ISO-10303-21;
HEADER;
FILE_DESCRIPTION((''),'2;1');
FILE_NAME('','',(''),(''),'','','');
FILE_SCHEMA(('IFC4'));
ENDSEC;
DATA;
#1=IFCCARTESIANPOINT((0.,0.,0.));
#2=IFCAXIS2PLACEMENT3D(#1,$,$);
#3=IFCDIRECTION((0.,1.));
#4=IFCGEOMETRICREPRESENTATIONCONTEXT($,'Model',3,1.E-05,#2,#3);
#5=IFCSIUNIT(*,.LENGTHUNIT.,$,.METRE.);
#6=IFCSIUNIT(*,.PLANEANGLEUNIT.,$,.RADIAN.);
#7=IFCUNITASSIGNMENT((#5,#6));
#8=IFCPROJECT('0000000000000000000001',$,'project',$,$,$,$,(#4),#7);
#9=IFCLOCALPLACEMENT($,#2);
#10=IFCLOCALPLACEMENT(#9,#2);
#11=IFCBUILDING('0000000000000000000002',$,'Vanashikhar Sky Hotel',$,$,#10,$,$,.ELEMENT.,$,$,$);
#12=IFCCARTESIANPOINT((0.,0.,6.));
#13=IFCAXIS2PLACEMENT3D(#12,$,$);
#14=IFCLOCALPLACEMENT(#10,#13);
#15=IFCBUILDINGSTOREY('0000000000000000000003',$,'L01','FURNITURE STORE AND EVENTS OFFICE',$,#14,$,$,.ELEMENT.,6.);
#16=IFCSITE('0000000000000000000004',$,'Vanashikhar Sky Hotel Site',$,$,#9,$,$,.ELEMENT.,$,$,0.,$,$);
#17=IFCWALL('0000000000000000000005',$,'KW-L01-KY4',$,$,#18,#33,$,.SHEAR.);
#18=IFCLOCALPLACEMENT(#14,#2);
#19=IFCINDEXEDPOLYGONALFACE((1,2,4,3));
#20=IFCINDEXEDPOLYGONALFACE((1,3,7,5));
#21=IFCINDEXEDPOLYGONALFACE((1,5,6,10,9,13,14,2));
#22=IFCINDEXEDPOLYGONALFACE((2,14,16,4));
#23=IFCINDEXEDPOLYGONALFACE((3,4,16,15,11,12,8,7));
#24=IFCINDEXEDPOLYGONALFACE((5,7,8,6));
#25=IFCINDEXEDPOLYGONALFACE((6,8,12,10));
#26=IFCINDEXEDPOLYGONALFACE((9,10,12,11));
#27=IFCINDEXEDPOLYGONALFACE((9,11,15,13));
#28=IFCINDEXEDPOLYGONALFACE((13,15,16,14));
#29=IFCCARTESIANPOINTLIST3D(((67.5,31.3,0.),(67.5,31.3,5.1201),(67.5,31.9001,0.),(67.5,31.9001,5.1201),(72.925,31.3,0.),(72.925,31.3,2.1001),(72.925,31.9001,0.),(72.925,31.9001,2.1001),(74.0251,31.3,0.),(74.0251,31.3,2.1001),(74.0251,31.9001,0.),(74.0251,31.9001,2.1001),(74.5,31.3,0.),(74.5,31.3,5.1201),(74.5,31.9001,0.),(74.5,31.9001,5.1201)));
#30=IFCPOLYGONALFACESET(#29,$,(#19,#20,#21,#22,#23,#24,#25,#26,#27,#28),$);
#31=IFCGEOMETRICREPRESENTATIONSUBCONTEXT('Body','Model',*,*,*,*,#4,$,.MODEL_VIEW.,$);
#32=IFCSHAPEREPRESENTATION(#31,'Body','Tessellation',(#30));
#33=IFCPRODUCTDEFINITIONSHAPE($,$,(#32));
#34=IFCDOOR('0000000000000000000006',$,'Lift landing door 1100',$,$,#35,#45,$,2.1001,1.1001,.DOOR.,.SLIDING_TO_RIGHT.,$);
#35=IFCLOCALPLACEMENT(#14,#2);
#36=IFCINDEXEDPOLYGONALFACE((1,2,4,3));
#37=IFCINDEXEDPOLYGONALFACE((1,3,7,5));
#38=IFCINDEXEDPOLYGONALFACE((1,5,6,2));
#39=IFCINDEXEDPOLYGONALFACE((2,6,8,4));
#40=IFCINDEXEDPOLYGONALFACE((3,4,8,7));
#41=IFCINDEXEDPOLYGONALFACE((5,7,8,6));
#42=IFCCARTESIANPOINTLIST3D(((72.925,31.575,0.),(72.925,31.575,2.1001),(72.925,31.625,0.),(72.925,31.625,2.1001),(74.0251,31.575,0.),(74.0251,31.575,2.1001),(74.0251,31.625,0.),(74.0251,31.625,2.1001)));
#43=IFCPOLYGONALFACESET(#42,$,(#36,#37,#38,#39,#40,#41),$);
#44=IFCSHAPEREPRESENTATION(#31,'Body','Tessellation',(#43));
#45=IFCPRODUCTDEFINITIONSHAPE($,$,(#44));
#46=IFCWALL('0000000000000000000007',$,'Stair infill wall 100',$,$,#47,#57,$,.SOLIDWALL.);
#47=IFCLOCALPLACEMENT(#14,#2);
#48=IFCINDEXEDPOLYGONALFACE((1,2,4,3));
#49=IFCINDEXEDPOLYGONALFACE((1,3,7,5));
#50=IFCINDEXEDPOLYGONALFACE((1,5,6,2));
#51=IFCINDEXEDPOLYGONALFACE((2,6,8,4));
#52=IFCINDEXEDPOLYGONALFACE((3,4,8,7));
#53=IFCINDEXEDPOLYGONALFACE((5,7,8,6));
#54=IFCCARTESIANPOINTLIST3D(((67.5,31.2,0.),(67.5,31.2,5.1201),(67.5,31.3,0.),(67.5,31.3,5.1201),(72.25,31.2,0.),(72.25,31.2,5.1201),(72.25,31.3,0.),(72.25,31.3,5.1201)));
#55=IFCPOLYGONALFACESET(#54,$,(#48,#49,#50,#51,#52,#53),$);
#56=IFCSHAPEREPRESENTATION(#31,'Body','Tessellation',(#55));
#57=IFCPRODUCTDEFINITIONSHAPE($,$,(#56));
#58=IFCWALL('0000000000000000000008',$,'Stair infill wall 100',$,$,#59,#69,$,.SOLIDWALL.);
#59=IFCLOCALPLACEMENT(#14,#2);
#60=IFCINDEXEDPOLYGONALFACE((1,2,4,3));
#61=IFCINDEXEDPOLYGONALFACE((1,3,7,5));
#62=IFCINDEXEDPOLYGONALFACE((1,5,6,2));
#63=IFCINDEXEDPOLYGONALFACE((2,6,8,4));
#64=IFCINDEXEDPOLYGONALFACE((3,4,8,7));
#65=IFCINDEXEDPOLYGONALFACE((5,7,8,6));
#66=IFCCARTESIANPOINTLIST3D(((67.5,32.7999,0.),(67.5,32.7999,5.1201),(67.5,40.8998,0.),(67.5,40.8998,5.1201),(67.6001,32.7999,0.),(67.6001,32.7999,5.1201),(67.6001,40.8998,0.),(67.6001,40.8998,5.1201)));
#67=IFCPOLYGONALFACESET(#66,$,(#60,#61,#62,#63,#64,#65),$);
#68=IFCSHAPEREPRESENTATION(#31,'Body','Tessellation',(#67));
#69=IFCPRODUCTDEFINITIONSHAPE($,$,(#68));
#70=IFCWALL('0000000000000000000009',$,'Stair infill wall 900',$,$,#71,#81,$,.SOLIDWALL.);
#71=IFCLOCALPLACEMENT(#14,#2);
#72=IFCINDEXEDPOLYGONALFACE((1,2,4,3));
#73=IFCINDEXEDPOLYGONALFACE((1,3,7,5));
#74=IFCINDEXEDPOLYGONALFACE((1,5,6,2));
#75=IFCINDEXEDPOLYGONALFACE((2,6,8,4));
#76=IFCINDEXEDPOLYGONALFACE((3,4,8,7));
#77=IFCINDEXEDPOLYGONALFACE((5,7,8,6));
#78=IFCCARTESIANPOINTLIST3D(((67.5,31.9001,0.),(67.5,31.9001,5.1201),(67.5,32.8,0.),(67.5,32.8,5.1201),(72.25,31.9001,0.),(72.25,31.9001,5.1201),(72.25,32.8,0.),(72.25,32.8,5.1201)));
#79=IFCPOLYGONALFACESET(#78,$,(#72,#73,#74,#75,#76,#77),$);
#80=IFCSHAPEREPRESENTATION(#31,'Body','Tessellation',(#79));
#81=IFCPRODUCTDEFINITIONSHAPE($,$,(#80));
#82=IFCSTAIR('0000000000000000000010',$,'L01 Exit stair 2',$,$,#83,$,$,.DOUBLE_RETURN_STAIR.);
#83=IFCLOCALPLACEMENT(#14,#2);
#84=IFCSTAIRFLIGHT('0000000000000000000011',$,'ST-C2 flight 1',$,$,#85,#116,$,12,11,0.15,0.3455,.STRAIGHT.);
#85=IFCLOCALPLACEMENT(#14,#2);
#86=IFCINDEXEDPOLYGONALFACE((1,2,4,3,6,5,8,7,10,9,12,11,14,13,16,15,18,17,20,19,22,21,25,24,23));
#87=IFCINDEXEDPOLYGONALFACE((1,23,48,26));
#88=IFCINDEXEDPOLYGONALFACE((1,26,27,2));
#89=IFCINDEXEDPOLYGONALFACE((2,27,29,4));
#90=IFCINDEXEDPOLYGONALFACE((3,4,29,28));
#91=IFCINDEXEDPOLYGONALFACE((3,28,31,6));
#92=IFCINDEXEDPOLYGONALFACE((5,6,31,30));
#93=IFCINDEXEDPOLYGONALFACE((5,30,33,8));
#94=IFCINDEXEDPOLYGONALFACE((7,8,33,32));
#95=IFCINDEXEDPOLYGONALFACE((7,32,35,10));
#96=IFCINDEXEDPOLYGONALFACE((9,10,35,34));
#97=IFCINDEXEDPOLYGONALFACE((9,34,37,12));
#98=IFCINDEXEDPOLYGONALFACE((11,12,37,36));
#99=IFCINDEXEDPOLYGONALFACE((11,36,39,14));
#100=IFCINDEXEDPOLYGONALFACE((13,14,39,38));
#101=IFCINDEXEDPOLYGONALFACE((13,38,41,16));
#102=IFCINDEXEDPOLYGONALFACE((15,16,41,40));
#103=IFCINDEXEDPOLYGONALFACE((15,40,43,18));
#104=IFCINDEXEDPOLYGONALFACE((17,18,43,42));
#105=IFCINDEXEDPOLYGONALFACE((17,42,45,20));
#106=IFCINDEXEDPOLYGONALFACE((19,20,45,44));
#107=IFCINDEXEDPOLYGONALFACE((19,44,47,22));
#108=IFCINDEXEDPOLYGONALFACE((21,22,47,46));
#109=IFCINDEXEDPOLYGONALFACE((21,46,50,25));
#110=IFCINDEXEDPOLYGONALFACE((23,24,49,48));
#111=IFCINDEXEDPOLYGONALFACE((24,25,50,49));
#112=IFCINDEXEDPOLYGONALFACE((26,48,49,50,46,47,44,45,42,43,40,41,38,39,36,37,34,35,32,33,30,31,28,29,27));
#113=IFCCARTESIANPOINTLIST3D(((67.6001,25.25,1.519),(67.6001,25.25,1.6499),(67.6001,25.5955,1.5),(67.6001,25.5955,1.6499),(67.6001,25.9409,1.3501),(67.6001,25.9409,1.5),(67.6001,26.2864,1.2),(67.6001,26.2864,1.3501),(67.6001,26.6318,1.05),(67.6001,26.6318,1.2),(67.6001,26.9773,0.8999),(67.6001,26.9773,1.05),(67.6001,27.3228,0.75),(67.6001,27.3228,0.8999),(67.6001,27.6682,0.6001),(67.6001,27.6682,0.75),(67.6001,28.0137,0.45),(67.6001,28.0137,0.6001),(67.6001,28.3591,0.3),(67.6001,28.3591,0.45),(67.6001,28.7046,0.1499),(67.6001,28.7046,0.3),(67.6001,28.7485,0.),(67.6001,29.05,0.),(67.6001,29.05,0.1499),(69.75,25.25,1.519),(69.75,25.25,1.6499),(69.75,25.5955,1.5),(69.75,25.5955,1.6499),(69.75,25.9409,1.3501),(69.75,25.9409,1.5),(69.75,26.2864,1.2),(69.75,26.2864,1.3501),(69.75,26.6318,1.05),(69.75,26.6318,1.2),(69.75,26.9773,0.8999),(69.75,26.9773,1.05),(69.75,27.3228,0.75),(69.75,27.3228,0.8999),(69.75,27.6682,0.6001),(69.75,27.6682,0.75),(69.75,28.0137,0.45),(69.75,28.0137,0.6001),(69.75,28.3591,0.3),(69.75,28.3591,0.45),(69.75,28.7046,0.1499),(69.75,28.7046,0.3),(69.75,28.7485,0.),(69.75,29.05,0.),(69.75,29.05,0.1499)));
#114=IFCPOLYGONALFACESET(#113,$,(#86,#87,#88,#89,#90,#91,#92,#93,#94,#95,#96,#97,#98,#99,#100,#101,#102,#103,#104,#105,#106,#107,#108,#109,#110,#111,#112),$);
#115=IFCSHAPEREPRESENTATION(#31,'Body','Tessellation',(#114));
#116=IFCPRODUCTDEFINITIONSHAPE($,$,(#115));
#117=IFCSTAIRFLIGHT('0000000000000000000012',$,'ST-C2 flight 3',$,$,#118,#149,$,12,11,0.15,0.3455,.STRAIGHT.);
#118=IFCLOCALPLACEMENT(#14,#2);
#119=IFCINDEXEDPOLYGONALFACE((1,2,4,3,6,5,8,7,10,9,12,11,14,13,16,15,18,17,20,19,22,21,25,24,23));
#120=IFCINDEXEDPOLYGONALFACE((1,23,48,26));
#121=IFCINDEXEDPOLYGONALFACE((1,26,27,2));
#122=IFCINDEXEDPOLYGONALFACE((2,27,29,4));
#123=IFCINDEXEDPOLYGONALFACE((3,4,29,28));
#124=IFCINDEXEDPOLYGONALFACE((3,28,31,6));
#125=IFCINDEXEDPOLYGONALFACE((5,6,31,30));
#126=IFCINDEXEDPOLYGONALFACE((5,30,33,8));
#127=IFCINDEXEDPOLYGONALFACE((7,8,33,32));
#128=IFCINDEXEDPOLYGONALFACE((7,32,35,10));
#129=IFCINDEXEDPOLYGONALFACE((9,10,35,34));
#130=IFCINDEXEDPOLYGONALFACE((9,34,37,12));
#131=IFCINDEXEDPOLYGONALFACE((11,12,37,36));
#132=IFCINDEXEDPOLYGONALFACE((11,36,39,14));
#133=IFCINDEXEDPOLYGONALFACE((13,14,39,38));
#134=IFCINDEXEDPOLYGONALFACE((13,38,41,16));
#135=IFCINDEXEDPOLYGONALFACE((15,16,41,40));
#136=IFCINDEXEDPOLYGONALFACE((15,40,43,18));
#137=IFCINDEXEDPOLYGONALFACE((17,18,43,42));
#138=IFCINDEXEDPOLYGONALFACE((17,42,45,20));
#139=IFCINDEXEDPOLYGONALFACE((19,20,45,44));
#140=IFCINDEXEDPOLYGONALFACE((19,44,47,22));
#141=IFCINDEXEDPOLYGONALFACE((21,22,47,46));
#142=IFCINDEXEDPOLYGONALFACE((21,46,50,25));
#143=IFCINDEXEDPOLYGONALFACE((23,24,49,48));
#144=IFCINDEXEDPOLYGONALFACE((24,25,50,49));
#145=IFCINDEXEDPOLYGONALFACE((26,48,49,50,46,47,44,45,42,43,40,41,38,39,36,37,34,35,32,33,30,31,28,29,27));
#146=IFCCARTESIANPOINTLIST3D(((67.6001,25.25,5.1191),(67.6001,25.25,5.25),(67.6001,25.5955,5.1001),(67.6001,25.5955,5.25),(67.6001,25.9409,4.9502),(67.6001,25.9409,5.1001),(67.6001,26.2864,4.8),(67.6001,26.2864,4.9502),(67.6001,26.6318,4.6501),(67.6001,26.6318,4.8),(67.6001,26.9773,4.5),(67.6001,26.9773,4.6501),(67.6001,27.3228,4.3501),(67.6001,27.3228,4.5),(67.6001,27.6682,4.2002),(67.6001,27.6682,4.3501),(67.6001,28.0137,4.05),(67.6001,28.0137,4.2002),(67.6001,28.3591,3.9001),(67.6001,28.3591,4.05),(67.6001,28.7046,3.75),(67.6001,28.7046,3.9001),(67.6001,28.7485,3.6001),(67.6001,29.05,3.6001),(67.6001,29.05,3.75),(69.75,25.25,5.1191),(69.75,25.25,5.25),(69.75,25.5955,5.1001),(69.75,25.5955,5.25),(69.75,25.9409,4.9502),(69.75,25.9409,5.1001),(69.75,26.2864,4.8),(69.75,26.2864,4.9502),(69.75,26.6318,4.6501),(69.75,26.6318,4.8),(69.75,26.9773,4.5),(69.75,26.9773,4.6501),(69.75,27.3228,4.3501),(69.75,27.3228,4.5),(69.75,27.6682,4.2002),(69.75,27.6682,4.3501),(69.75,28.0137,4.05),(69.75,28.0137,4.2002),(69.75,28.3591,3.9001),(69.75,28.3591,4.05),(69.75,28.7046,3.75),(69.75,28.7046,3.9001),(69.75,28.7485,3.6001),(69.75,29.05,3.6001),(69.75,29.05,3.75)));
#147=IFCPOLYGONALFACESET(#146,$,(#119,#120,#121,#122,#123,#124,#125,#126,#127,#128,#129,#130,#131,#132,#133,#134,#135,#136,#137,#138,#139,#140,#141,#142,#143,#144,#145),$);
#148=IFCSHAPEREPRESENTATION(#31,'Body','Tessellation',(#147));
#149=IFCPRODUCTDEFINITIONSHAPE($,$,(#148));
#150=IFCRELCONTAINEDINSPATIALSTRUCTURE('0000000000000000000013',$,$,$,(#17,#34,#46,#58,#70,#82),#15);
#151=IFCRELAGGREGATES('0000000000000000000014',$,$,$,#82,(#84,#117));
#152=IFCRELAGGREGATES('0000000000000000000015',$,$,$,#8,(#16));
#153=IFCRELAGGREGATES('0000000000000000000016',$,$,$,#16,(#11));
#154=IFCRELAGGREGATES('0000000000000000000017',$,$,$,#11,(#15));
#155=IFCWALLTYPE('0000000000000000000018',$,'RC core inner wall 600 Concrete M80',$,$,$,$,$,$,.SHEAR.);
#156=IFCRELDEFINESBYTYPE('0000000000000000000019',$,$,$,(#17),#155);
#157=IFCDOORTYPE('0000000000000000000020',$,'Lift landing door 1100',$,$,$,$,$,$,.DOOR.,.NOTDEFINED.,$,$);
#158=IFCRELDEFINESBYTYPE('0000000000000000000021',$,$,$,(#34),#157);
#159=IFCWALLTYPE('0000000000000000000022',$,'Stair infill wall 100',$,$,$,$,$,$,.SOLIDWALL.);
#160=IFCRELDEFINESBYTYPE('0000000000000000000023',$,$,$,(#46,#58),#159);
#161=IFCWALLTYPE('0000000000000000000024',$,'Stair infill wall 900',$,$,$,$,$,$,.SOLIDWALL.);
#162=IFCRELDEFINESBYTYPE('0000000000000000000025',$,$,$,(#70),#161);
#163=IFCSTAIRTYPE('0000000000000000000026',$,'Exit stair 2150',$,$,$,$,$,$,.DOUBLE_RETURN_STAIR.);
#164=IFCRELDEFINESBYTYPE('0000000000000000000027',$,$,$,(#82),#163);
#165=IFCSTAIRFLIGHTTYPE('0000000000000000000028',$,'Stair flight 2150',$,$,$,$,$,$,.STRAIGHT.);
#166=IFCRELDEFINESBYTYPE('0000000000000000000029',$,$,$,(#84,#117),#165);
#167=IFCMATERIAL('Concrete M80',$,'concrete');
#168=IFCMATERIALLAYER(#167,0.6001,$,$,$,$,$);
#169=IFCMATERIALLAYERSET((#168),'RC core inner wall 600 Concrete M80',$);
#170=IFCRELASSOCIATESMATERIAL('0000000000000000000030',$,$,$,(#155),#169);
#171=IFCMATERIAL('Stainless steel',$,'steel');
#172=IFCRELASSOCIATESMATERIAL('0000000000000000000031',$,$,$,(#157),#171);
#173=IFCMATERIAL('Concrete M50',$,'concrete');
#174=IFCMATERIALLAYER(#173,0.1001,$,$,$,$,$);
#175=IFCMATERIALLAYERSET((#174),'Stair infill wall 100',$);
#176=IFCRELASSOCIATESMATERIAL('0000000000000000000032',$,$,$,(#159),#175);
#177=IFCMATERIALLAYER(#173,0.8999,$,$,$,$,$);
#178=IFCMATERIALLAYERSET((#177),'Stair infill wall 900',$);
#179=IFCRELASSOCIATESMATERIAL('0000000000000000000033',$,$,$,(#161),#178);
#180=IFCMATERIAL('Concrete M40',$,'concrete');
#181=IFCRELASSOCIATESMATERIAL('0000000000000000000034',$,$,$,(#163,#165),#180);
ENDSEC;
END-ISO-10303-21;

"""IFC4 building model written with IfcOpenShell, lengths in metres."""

from ifc_helpers import new_model, si_unit, direction, frame, frame_2d, origin, place, context, subcontext, project, spatial, polyline, rectangle, outline, extrude, source, transform, mapped, material, layer, layer_set, type_object, element, fill, aggregate, save


model = new_model("IFC4")

# Units and contexts
model_context = context("Model", 3, precision=1e-05, world=origin(), true_north=direction((0.0, 1.0)))
body_context = subcontext(model_context, "Body", "Model", "MODEL_VIEW")
ifc_project = project(units=[si_unit("LENGTHUNIT", "METRE"), si_unit("PLANEANGLEUNIT", "RADIAN")], contexts=[model_context])

# Site, building, storey
site_placement = place(None, origin())
site = spatial("IfcSite", under=ifc_project, at=site_placement, Name="Vanashikhar Sky Hotel Site", CompositionType="ELEMENT", RefElevation=0.0)
building_placement = place(site_placement, origin())
building = spatial("IfcBuilding", under=site, at=building_placement, Name="Vanashikhar Sky Hotel", CompositionType="ELEMENT")
storey_placement = place(building_placement, frame((0.0, 0.0, 6.0)))
storey = spatial("IfcBuildingStorey", under=building, at=storey_placement, Name="L01", Description="FURNITURE STORE AND EVENTS OFFICE", CompositionType="ELEMENT", Elevation=6.0)

# Wall, opening, door
ifc_material_1 = material(Name="Concrete M80", Category="concrete")
ifc_layer_1 = layer(ifc_material_1, 0.6001)
ifc_layer_set_1 = layer_set([ifc_layer_1], Name="RC core inner wall 600 Concrete M80")
wall_type_1 = type_object("IfcWallType", Name="RC core inner wall 600 Concrete M80", PredefinedType="SHEAR", material=ifc_layer_set_1)
shared_shape_1 = source(origin(), body_context, "Body", "SweptSolid", [
    extrude(rectangle(XDim=7.0, YDim=0.6001, at=frame_2d((3.5, 0.0))), origin(), (0.0, 0.0, 1.0), 5.1201),
])
wall_1_placement = place(storey_placement, frame((67.5, 31.6001, 0.0), z_axis=(0.0, 0.0, 1.0), x_axis=(1.0, 0.0, 0.0)))
wall_1 = element("IfcWall", 1, at=wall_1_placement, inside=storey, type_object=wall_type_1, Name="KW-L01-KY4", PredefinedType="SHEAR", context=body_context, shape_type="MappedRepresentation", body=[
    mapped(shared_shape_1, transform((0.0, 0.0, 0.0), scale=1.0)),
])
shared_shape_2 = source(origin(), body_context, "Body", "SweptSolid", [
    extrude(rectangle(XDim=1.1001, YDim=2.1001, at=frame_2d((0.55, 1.05))), frame((0.0, 0.3101, 0.0), z_axis=(0.0, -1.0, 0.0), x_axis=(1.0, 0.0, 0.0)), (0.0, 0.0, 1.0), 0.6201),
])
opening_placement = place(wall_1_placement, frame((5.425, 0.0, 0.0)))
opening = element("IfcOpeningElement", 2, at=opening_placement, cuts=wall_1, PredefinedType="OPENING", context=body_context, shape_type="MappedRepresentation", body=[
    mapped(shared_shape_2, transform((0.0, 0.0, 0.0), scale=1.0)),
])
ifc_material_2 = material(Name="Stainless steel", Category="steel")
door_type = type_object("IfcDoorType", Name="Lift landing door 1100", OperationType="NOTDEFINED", PredefinedType="DOOR", material=ifc_material_2)
shared_shape_3 = source(origin(), body_context, "Body", "SweptSolid", [
    extrude(rectangle(XDim=1.1001, YDim=2.1001, at=frame_2d((0.55, 1.05))), frame((0.0, 0.0249, 0.0), z_axis=(0.0, -1.0, 0.0), x_axis=(1.0, 0.0, 0.0)), (0.0, 0.0, 1.0), 0.05),
])
door_placement = place(opening_placement, origin())
door = element("IfcDoor", 3, at=door_placement, inside=storey, type_object=door_type, Name="Lift landing door 1100", OperationType="SLIDING_TO_RIGHT", OverallHeight=2.1001, OverallWidth=1.1001, PredefinedType="DOOR", context=body_context, shape_type="MappedRepresentation", body=[
    mapped(shared_shape_3, transform((0.0, 0.0, 0.0), scale=1.0)),
])
fill(opening, door)

# Walls
ifc_material_3 = material(Name="Concrete M50", Category="concrete")
ifc_layer_2 = layer(ifc_material_3, 0.1001)
ifc_layer_set_2 = layer_set([ifc_layer_2], Name="Stair infill wall 100")
wall_type_2 = type_object("IfcWallType", Name="Stair infill wall 100", PredefinedType="SOLIDWALL", material=ifc_layer_set_2)
shared_shape_4 = source(origin(), body_context, "Body", "SweptSolid", [
    extrude(rectangle(XDim=4.75, YDim=0.1001, at=frame_2d((2.375, 0.0))), origin(), (0.0, 0.0, 1.0), 5.1201),
])
wall_2_placement = place(storey_placement, frame((67.5, 31.25, 0.0), z_axis=(0.0, 0.0, 1.0), x_axis=(1.0, 0.0, 0.0)))
element("IfcWall", 4, at=wall_2_placement, inside=storey, type_object=wall_type_2, Name="Stair infill wall 100", PredefinedType="SOLIDWALL", context=body_context, shape_type="MappedRepresentation", body=[
    mapped(shared_shape_4, transform((0.0, 0.0, 0.0), scale=1.0)),
])
shared_shape_5 = source(origin(), body_context, "Body", "SweptSolid", [
    extrude(rectangle(XDim=8.0999, YDim=0.1001, at=frame_2d((4.0498, 0.0))), origin(), (0.0, 0.0, 1.0), 5.1201),
])
wall_3_placement = place(storey_placement, frame((67.55, 32.8, 0.0), z_axis=(0.0, 0.0, 1.0), x_axis=(0.0, 1.0, 0.0)))
element("IfcWall", 5, at=wall_3_placement, inside=storey, type_object=wall_type_2, Name="Stair infill wall 100", PredefinedType="SOLIDWALL", context=body_context, shape_type="MappedRepresentation", body=[
    mapped(shared_shape_5, transform((0.0, 0.0, 0.0), scale=1.0)),
])
ifc_layer_3 = layer(ifc_material_3, 0.8999)
ifc_layer_set_3 = layer_set([ifc_layer_3], Name="Stair infill wall 900")
wall_type_3 = type_object("IfcWallType", Name="Stair infill wall 900", PredefinedType="SOLIDWALL", material=ifc_layer_set_3)
shared_shape_6 = source(origin(), body_context, "Body", "SweptSolid", [
    extrude(rectangle(XDim=4.75, YDim=0.8999, at=frame_2d((2.375, 0.0))), origin(), (0.0, 0.0, 1.0), 5.1201),
])
wall_4_placement = place(storey_placement, frame((67.5, 32.3501, 0.0), z_axis=(0.0, 0.0, 1.0), x_axis=(1.0, 0.0, 0.0)))
element("IfcWall", 6, at=wall_4_placement, inside=storey, type_object=wall_type_3, Name="Stair infill wall 900", PredefinedType="SOLIDWALL", context=body_context, shape_type="MappedRepresentation", body=[
    mapped(shared_shape_6, transform((0.0, 0.0, 0.0), scale=1.0)),
])

# Stair, stair flights
ifc_material_4 = material(Name="Concrete M40", Category="concrete")
stair_type = type_object("IfcStairType", Name="Exit stair 2150", PredefinedType="DOUBLE_RETURN_STAIR", material=ifc_material_4)
stair_1_placement = place(storey_placement, origin())
stair_1 = element("IfcStair", 7, at=stair_1_placement, inside=storey, type_object=stair_type, Name="L01 Exit stair 2", PredefinedType="DOUBLE_RETURN_STAIR")
stair_flight_type = type_object("IfcStairFlightType", Name="Stair flight 2150", PredefinedType="STRAIGHT", material=ifc_material_4)
shared_shape_7 = source(origin(), body_context, "Body", "SweptSolid", [
    extrude(outline(polyline([(0.0, 0.0), (0.0, 0.1499), (0.3455, 0.1499), (0.3455, 0.3), (0.6909, 0.3), (0.6909, 0.45), (1.0364, 0.45), (1.0364, 0.6001), (1.3818, 0.6001), (1.3818, 0.75), (1.7273, 0.75), (1.7273, 0.8999), (2.0728, 0.8999), (2.0728, 1.05), (2.4182, 1.05), (2.4182, 1.2), (2.7637, 1.2), (2.7637, 1.3501), (3.1091, 1.3501), (3.1091, 1.5), (3.4546, 1.5), (3.4546, 1.6499), (3.8, 1.6499), (3.8, 1.8), (3.8, 1.519), (0.3015, 0.0), (0.0, 0.0)])), frame((0.0, 1.075, 0.0), z_axis=(0.0, -1.0, 0.0), x_axis=(1.0, 0.0, 0.0)), (0.0, 0.0, 1.0), 2.1499),
])
stair_flight_1_placement = place(storey_placement, frame((68.675, 29.05, 0.0), z_axis=(0.0, 0.0, 1.0), x_axis=(0.0, -1.0, 0.0)))
stair_flight_1 = element("IfcStairFlight", 8, at=stair_flight_1_placement, type_object=stair_flight_type, Name="ST-C2 flight 1", NumberOfRisers=12, NumberOfTreads=11, PredefinedType="STRAIGHT", RiserHeight=0.15, TreadLength=0.3455, context=body_context, shape_type="MappedRepresentation", body=[
    mapped(shared_shape_7, transform((0.0, 0.0, 0.0), scale=1.0)),
])
stair_flight_2_placement = place(storey_placement, frame((68.675, 29.05, 3.6001), z_axis=(0.0, 0.0, 1.0), x_axis=(0.0, -1.0, 0.0)))
stair_flight_2 = element("IfcStairFlight", 9, at=stair_flight_2_placement, type_object=stair_flight_type, Name="ST-C2 flight 3", NumberOfRisers=12, NumberOfTreads=11, PredefinedType="STRAIGHT", RiserHeight=0.15, TreadLength=0.3455, context=body_context, shape_type="MappedRepresentation", body=[
    mapped(shared_shape_7, transform((0.0, 0.0, 0.0), scale=1.0)),
])
aggregate(stair_1, [stair_flight_1, stair_flight_2])

save(model, "model.ifc")
